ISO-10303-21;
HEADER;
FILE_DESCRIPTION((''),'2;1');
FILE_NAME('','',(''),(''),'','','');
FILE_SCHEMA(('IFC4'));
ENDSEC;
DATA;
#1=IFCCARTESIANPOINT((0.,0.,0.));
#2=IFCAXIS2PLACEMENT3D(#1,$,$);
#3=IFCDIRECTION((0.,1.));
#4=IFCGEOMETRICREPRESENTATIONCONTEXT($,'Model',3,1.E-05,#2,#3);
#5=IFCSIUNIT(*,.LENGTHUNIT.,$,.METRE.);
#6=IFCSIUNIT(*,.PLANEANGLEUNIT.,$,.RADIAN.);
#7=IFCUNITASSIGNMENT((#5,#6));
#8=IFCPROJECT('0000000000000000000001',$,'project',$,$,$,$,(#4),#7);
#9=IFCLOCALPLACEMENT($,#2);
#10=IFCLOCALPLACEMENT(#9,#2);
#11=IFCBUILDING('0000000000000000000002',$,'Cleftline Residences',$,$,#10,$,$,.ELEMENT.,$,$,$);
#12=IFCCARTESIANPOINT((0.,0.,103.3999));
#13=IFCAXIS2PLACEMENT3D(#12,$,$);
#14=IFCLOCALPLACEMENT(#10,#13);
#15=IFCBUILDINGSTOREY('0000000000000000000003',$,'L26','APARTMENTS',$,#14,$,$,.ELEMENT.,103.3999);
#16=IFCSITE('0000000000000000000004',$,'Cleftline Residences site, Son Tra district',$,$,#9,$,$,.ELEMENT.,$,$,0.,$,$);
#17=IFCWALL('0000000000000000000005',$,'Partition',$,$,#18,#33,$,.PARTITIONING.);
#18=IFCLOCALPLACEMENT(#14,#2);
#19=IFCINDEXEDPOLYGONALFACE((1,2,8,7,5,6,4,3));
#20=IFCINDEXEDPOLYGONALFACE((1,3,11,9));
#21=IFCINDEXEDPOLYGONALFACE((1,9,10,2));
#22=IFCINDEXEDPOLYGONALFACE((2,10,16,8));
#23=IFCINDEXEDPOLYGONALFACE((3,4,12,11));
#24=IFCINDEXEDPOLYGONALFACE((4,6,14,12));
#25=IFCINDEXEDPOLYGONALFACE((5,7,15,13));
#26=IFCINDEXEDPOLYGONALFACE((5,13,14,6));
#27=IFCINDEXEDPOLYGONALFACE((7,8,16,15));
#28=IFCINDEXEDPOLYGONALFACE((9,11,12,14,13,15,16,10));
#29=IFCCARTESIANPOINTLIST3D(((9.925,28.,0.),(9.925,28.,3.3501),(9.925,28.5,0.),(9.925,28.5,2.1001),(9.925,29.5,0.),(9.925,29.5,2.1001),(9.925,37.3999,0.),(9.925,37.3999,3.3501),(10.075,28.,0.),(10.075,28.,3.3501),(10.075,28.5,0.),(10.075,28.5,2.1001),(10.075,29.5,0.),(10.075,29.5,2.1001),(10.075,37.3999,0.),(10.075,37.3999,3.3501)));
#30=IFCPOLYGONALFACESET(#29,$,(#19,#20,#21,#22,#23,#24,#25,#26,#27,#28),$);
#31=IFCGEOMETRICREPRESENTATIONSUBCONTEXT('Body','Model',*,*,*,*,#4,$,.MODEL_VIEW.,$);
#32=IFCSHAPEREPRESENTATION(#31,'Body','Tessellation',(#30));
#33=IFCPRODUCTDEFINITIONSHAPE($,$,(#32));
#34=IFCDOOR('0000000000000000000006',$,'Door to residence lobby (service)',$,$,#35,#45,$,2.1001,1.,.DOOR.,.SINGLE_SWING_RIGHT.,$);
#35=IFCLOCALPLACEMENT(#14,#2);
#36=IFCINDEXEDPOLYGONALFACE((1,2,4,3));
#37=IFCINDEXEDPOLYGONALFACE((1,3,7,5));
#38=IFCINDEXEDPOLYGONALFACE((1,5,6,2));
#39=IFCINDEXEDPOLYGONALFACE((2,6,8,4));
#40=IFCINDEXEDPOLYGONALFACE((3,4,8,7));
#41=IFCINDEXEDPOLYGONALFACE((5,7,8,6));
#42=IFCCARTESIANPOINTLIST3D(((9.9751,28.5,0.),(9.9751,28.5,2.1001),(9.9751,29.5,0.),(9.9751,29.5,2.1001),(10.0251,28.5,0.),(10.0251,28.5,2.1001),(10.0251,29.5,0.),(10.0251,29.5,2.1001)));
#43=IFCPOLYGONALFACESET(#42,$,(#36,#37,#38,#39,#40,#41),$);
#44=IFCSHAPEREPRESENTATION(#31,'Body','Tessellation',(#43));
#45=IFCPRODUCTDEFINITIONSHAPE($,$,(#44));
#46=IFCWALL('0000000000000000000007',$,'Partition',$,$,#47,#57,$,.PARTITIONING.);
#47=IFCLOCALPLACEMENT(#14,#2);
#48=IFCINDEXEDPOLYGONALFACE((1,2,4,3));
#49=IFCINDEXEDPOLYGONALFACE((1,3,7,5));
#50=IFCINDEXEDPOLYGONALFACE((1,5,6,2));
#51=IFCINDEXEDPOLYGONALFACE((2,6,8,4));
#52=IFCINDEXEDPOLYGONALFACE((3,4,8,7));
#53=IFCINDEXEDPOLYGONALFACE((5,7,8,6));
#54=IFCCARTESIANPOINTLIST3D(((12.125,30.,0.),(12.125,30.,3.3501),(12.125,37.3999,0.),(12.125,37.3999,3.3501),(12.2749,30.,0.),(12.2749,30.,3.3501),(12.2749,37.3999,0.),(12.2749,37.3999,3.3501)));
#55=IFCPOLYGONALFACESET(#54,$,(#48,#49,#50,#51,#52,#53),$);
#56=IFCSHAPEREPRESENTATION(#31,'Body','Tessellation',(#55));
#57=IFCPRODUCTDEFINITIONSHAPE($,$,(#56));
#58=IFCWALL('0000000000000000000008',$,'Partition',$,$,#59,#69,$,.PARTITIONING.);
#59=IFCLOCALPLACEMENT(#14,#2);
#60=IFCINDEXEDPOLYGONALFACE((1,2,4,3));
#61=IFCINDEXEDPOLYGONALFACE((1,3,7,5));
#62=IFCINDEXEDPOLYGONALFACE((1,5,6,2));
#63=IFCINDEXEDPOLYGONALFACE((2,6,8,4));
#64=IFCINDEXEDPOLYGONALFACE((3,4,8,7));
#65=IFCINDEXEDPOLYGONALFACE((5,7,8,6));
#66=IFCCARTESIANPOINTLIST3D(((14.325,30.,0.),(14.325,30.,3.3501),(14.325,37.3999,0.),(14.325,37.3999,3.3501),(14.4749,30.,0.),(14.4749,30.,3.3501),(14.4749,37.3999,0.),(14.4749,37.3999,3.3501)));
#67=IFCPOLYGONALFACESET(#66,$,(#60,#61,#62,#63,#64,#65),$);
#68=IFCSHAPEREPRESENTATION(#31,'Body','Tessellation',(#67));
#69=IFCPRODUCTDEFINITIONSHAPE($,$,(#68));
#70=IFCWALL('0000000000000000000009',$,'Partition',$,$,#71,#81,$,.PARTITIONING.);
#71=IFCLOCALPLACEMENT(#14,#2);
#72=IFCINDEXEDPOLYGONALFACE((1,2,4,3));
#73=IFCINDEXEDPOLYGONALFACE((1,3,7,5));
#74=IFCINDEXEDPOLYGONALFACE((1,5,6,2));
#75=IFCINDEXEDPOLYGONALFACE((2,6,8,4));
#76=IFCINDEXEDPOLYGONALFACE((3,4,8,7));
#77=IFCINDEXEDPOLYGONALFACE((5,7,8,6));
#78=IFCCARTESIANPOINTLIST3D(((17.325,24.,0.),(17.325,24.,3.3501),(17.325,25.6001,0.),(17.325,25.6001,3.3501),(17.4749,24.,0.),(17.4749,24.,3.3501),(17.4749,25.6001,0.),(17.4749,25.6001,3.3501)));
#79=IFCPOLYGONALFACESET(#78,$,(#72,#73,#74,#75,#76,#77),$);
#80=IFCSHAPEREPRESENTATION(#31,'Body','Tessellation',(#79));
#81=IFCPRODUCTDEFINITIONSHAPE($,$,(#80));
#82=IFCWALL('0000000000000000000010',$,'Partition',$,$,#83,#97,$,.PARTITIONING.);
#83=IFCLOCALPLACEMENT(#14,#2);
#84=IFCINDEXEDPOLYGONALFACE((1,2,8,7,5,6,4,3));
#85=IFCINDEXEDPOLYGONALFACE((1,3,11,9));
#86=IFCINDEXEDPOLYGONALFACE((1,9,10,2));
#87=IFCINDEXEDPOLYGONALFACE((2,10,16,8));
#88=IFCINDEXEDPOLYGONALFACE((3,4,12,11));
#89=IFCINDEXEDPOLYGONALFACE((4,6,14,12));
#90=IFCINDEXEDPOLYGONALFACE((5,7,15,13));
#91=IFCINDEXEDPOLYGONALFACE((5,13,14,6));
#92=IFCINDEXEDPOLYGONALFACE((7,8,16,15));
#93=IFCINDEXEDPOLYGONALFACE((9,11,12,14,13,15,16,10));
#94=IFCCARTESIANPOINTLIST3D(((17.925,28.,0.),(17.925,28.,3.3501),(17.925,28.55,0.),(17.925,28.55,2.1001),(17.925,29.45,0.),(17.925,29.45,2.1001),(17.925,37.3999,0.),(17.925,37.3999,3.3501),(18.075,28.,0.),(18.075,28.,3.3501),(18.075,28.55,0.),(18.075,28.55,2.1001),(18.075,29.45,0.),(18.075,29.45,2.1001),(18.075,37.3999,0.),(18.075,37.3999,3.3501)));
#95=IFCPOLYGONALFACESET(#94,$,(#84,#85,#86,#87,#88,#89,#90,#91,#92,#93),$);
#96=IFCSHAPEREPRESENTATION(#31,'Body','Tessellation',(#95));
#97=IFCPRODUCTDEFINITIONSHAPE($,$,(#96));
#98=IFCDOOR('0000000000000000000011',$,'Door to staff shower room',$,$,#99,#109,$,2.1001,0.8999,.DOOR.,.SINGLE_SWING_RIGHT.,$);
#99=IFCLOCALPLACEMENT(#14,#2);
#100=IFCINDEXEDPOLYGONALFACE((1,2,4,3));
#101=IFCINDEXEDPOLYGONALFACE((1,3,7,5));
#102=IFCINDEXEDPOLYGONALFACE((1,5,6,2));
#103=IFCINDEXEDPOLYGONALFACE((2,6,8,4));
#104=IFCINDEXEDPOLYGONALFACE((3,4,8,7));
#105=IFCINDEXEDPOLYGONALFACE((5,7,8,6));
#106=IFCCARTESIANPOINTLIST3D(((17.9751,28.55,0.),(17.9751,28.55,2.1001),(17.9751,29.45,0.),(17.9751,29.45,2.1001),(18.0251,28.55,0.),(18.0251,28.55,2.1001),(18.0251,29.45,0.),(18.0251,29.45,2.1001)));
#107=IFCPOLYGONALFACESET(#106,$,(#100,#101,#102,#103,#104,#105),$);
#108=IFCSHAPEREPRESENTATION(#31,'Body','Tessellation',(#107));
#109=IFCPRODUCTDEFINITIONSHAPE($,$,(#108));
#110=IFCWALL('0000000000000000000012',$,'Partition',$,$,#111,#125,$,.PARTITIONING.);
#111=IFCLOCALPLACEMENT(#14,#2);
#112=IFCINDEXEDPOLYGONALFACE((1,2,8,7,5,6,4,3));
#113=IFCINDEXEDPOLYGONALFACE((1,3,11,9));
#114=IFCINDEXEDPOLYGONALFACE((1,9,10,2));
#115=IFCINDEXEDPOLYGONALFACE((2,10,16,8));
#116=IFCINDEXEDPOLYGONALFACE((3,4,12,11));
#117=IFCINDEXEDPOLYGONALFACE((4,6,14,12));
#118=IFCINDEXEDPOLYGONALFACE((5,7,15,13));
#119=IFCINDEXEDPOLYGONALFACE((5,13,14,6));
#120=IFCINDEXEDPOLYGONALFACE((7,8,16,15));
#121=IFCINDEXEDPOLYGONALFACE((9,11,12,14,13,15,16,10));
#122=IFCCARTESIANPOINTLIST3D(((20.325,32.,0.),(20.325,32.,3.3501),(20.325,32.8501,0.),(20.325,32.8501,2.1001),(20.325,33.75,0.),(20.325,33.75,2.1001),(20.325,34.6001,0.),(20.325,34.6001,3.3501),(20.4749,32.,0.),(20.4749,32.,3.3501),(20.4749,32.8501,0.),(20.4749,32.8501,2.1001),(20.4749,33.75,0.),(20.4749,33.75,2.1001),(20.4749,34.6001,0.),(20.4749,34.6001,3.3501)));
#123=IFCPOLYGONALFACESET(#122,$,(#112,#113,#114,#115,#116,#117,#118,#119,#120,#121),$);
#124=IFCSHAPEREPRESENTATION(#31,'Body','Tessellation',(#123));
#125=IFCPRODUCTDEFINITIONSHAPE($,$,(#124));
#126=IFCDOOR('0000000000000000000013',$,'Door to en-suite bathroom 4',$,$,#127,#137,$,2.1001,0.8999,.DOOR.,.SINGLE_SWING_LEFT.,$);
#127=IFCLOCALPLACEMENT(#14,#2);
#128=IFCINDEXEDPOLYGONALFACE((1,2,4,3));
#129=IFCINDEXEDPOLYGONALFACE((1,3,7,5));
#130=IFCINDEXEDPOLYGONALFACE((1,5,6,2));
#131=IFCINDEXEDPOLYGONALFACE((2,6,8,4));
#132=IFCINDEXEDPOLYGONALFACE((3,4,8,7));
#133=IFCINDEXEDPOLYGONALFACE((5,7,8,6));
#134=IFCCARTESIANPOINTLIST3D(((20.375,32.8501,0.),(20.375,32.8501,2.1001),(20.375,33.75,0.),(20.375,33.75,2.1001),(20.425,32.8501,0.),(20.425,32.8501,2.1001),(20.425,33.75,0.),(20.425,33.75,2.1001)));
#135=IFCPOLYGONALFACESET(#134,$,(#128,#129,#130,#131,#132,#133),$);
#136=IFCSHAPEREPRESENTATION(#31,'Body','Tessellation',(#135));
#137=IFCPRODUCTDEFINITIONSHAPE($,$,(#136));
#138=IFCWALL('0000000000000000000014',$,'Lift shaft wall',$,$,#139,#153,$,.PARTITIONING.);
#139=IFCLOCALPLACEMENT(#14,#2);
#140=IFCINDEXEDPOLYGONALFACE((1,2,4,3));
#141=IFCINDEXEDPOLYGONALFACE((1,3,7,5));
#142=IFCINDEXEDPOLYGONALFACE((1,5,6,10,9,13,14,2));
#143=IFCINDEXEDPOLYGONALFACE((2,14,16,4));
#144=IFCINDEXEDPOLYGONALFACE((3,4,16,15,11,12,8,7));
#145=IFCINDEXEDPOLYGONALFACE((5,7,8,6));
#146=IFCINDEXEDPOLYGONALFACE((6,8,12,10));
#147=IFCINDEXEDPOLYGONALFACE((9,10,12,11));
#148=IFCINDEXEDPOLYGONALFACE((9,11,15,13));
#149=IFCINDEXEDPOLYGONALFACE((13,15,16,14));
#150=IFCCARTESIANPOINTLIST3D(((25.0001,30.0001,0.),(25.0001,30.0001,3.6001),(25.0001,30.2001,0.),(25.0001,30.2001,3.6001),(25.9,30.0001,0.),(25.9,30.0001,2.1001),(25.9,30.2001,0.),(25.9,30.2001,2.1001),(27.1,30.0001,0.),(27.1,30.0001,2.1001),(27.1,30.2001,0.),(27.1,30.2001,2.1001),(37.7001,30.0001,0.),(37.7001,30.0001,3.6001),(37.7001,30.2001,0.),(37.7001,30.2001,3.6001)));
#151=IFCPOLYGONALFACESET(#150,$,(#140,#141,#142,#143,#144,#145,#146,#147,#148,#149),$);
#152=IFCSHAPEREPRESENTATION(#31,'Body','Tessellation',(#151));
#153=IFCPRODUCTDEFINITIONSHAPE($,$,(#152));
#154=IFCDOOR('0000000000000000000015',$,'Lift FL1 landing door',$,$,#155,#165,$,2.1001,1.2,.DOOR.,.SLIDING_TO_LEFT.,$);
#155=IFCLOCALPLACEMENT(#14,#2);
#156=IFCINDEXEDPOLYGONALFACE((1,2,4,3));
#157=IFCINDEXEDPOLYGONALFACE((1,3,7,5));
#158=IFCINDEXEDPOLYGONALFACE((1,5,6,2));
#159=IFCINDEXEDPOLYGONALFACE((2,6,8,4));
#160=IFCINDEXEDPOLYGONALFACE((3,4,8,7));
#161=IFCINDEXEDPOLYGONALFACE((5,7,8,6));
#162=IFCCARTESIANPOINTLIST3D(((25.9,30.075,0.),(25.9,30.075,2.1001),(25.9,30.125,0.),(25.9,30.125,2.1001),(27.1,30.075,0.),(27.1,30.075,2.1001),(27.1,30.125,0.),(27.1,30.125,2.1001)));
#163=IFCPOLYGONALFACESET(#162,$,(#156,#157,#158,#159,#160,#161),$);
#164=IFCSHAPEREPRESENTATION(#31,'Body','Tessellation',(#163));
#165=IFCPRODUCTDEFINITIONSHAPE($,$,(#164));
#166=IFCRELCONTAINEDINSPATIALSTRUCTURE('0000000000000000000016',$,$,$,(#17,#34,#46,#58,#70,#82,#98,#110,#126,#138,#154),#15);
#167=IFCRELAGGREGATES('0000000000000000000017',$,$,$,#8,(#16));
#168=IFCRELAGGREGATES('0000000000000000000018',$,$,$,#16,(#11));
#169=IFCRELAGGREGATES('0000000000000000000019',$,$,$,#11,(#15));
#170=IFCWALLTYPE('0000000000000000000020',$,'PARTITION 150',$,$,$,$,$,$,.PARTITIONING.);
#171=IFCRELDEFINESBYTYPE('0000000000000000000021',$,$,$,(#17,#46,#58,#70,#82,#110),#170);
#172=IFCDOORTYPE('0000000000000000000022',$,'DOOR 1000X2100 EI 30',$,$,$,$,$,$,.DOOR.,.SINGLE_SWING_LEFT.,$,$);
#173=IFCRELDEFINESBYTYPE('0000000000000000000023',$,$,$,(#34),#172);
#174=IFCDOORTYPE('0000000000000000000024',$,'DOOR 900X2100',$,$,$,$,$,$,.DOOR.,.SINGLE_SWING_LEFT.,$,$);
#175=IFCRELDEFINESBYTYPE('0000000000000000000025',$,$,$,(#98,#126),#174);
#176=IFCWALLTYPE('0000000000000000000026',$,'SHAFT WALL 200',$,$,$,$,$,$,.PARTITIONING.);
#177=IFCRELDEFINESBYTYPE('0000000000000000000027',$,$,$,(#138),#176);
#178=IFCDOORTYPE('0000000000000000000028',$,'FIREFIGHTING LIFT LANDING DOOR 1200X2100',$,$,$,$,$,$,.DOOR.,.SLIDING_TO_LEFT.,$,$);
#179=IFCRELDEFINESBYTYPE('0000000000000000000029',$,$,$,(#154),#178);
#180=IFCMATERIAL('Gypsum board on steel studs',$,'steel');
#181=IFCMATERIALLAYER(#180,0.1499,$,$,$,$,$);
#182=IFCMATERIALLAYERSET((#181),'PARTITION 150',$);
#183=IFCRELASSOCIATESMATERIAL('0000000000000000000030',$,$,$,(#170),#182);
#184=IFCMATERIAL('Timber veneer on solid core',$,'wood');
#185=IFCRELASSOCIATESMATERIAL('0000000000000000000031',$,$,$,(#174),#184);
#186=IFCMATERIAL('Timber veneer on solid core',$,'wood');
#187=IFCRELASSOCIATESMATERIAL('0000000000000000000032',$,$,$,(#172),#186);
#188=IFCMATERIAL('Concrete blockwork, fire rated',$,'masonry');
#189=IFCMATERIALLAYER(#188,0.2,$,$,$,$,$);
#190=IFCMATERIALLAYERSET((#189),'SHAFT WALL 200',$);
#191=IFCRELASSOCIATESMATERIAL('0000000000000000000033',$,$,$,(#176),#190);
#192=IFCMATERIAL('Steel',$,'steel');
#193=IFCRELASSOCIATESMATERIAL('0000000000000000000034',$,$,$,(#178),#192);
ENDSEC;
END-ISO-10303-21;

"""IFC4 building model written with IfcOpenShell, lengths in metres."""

from ifc_helpers import new_model, si_unit, direction, frame, frame_2d, origin, place, context, subcontext, project, spatial, rectangle, extrude, material, layer, layer_set, type_object, element, fill, save


model = new_model("IFC4")

# Units and contexts
model_context = context("Model", 3, precision=1e-05, world=origin(), true_north=direction((0.0, 1.0)))
body_context = subcontext(model_context, "Body", "Model", "MODEL_VIEW")
ifc_project = project(units=[si_unit("LENGTHUNIT", "METRE"), si_unit("PLANEANGLEUNIT", "RADIAN")], contexts=[model_context])

# Site, building, storey
site_placement = place(None, origin())
site = spatial("IfcSite", under=ifc_project, at=site_placement, Name="Cleftline Residences site, Son Tra district", CompositionType="ELEMENT", RefElevation=0.0)
building_placement = place(site_placement, origin())
building = spatial("IfcBuilding", under=site, at=building_placement, Name="Cleftline Residences", CompositionType="ELEMENT")
storey_placement = place(building_placement, frame((0.0, 0.0, 103.3999)))
storey = spatial("IfcBuildingStorey", under=building, at=storey_placement, Name="L26", Description="APARTMENTS", CompositionType="ELEMENT", Elevation=103.3999)

# Shared definitions
ifc_material_1 = material(Name="Gypsum board on steel studs", Category="steel")
ifc_layer_1 = layer(ifc_material_1, 0.1499)
ifc_layer_set_1 = layer_set([ifc_layer_1], Name="PARTITION 150")
wall_type_1 = type_object("IfcWallType", Name="PARTITION 150", PredefinedType="PARTITIONING", material=ifc_layer_set_1)
ifc_material_2 = material(Name="Timber veneer on solid core", Category="wood")
door_type_1 = type_object("IfcDoorType", Name="DOOR 900X2100", OperationType="SINGLE_SWING_LEFT", PredefinedType="DOOR", material=ifc_material_2)

# Wall, opening, door
wall_1_placement = place(storey_placement, frame((10.0, 28.0, 0.0), z_axis=(0.0, 0.0, 1.0), x_axis=(0.0, 1.0, 0.0)))
wall_1 = element("IfcWall", 1, at=wall_1_placement, inside=storey, type_object=wall_type_1, Name="Partition", PredefinedType="PARTITIONING", context=body_context, shape_type="SweptSolid", body=[
    extrude(rectangle(XDim=9.3999, YDim=0.1499, at=frame_2d((4.7, 0.0))), origin(), (0.0, 0.0, 1.0), 3.3501),
])
opening_1_placement = place(wall_1_placement, frame((0.5, 0.0, 0.0)))
opening_1 = element("IfcOpeningElement", 2, at=opening_1_placement, cuts=wall_1, PredefinedType="OPENING", context=body_context, shape_type="SweptSolid", body=[
    extrude(rectangle(XDim=1.0, YDim=2.1001, at=frame_2d((0.5, 1.05))), frame((0.0, 0.085, 0.0), z_axis=(0.0, -1.0, 0.0), x_axis=(1.0, 0.0, 0.0)), (0.0, 0.0, 1.0), 0.1699),
])
ifc_material_3 = material(Name="Timber veneer on solid core", Category="wood")
door_type_2 = type_object("IfcDoorType", Name="DOOR 1000X2100 EI 30", OperationType="SINGLE_SWING_LEFT", PredefinedType="DOOR", material=ifc_material_3)
door_1_placement = place(opening_1_placement, origin())
door_1 = element("IfcDoor", 3, at=door_1_placement, inside=storey, type_object=door_type_2, Name="Door to residence lobby (service)", OperationType="SINGLE_SWING_RIGHT", OverallHeight=2.1001, OverallWidth=1.0, PredefinedType="DOOR", context=body_context, shape_type="SweptSolid", body=[
    extrude(rectangle(XDim=1.0, YDim=2.1001, at=frame_2d((0.5, 1.05))), frame((0.0, 0.0249, 0.0), z_axis=(0.0, -1.0, 0.0), x_axis=(1.0, 0.0, 0.0)), (0.0, 0.0, 1.0), 0.05),
])
fill(opening_1, door_1)

# Walls
for number, where, z_axis, x_axis, name in (
    (4, (12.2, 30.0, 0.0), (0.0, 0.0, 1.0), (0.0, 1.0, 0.0), "Partition"),
    (5, (14.3999, 30.0, 0.0), (0.0, 0.0, 1.0), (0.0, 1.0, 0.0), "Partition"),
):
    element("IfcWall", number, at=place(storey_placement, frame(where, z_axis=z_axis, x_axis=x_axis)), inside=storey, type_object=wall_type_1, Name=name, PredefinedType="PARTITIONING", context=body_context, shape_type="SweptSolid", body=[
        extrude(rectangle(XDim=7.3999, YDim=0.1499, at=frame_2d((3.7, 0.0))), origin(), (0.0, 0.0, 1.0), 3.3501),
    ])
wall_2_placement = place(storey_placement, frame((17.3999, 24.0, 0.0), z_axis=(0.0, 0.0, 1.0), x_axis=(0.0, 1.0, 0.0)))
element("IfcWall", 6, at=wall_2_placement, inside=storey, type_object=wall_type_1, Name="Partition", PredefinedType="PARTITIONING", context=body_context, shape_type="SweptSolid", body=[
    extrude(rectangle(XDim=1.6001, YDim=0.1499, at=frame_2d((0.8, 0.0))), origin(), (0.0, 0.0, 1.0), 3.3501),
])

# Walls, openings, doors
wall_3_placement = place(storey_placement, frame((18.0, 28.0, 0.0), z_axis=(0.0, 0.0, 1.0), x_axis=(0.0, 1.0, 0.0)))
wall_3 = element("IfcWall", 7, at=wall_3_placement, inside=storey, type_object=wall_type_1, Name="Partition", PredefinedType="PARTITIONING", context=body_context, shape_type="SweptSolid", body=[
    extrude(rectangle(XDim=9.3999, YDim=0.1499, at=frame_2d((4.7, 0.0))), origin(), (0.0, 0.0, 1.0), 3.3501),
])
opening_2_placement = place(wall_3_placement, frame((0.55, 0.0, 0.0)))
opening_2 = element("IfcOpeningElement", 8, at=opening_2_placement, cuts=wall_3, PredefinedType="OPENING", context=body_context, shape_type="SweptSolid", body=[
    extrude(rectangle(XDim=0.8999, YDim=2.1001, at=frame_2d((0.45, 1.05))), frame((0.0, 0.085, 0.0), z_axis=(0.0, -1.0, 0.0), x_axis=(1.0, 0.0, 0.0)), (0.0, 0.0, 1.0), 0.1699),
])
door_2_placement = place(opening_2_placement, origin())
door_2 = element("IfcDoor", 9, at=door_2_placement, inside=storey, type_object=door_type_1, Name="Door to staff shower room", OperationType="SINGLE_SWING_RIGHT", OverallHeight=2.1001, OverallWidth=0.8999, PredefinedType="DOOR", context=body_context, shape_type="SweptSolid", body=[
    extrude(rectangle(XDim=0.8999, YDim=2.1001, at=frame_2d((0.45, 1.05))), frame((0.0, 0.0249, 0.0), z_axis=(0.0, -1.0, 0.0), x_axis=(1.0, 0.0, 0.0)), (0.0, 0.0, 1.0), 0.05),
])
fill(opening_2, door_2)
wall_4_placement = place(storey_placement, frame((20.3999, 32.0, 0.0), z_axis=(0.0, 0.0, 1.0), x_axis=(0.0, 1.0, 0.0)))
wall_4 = element("IfcWall", 10, at=wall_4_placement, inside=storey, type_object=wall_type_1, Name="Partition", PredefinedType="PARTITIONING", context=body_context, shape_type="SweptSolid", body=[
    extrude(rectangle(XDim=2.6001, YDim=0.1499, at=frame_2d((1.3, 0.0))), origin(), (0.0, 0.0, 1.0), 3.3501),
])
opening_3_placement = place(wall_4_placement, frame((0.8501, 0.0, 0.0)))
opening_3 = element("IfcOpeningElement", 11, at=opening_3_placement, cuts=wall_4, PredefinedType="OPENING", context=body_context, shape_type="SweptSolid", body=[
    extrude(rectangle(XDim=0.8999, YDim=2.1001, at=frame_2d((0.45, 1.05))), frame((0.0, 0.085, 0.0), z_axis=(0.0, -1.0, 0.0), x_axis=(1.0, 0.0, 0.0)), (0.0, 0.0, 1.0), 0.1699),
])
door_3_placement = place(opening_3_placement, origin())
door_3 = element("IfcDoor", 12, at=door_3_placement, inside=storey, type_object=door_type_1, Name="Door to en-suite bathroom 4", OperationType="SINGLE_SWING_LEFT", OverallHeight=2.1001, OverallWidth=0.8999, PredefinedType="DOOR", context=body_context, shape_type="SweptSolid", body=[
    extrude(rectangle(XDim=0.8999, YDim=2.1001, at=frame_2d((0.45, 1.05))), frame((0.0, 0.0249, 0.0), z_axis=(0.0, -1.0, 0.0), x_axis=(1.0, 0.0, 0.0)), (0.0, 0.0, 1.0), 0.05),
])
fill(opening_3, door_3)
ifc_material_4 = material(Name="Concrete blockwork, fire rated", Category="masonry")
ifc_layer_2 = layer(ifc_material_4, 0.2)
ifc_layer_set_2 = layer_set([ifc_layer_2], Name="SHAFT WALL 200")
wall_type_2 = type_object("IfcWallType", Name="SHAFT WALL 200", PredefinedType="PARTITIONING", material=ifc_layer_set_2)
wall_5_placement = place(storey_placement, frame((25.0, 30.1001, 0.0), z_axis=(0.0, 0.0, 1.0), x_axis=(1.0, 0.0, 0.0)))
wall_5 = element("IfcWall", 13, at=wall_5_placement, inside=storey, type_object=wall_type_2, Name="Lift shaft wall", PredefinedType="PARTITIONING", context=body_context, shape_type="SweptSolid", body=[
    extrude(rectangle(XDim=12.7, YDim=0.2, at=frame_2d((6.3501, 0.0))), origin(), (0.0, 0.0, 1.0), 3.6001),
])
opening_4_placement = place(wall_5_placement, frame((0.8999, 0.0, 0.0)))
opening_4 = element("IfcOpeningElement", 14, at=opening_4_placement, cuts=wall_5, PredefinedType="OPENING", context=body_context, shape_type="SweptSolid", body=[
    extrude(rectangle(XDim=1.2, YDim=2.1001, at=frame_2d((0.6001, 1.05))), frame((0.0, 0.1099, 0.0), z_axis=(0.0, -1.0, 0.0), x_axis=(1.0, 0.0, 0.0)), (0.0, 0.0, 1.0), 0.22),
])
ifc_material_5 = material(Name="Steel", Category="steel")
door_type_3 = type_object("IfcDoorType", Name="FIREFIGHTING LIFT LANDING DOOR 1200X2100", OperationType="SLIDING_TO_LEFT", PredefinedType="DOOR", material=ifc_material_5)
door_4_placement = place(opening_4_placement, origin())
door_4 = element("IfcDoor", 15, at=door_4_placement, inside=storey, type_object=door_type_3, Name="Lift FL1 landing door", OperationType="SLIDING_TO_LEFT", OverallHeight=2.1001, OverallWidth=1.2, PredefinedType="DOOR", context=body_context, shape_type="SweptSolid", body=[
    extrude(rectangle(XDim=1.2, YDim=2.1001, at=frame_2d((0.6001, 1.05))), frame((0.0, 0.0249, 0.0), z_axis=(0.0, -1.0, 0.0), x_axis=(1.0, 0.0, 0.0)), (0.0, 0.0, 1.0), 0.05),
])
fill(opening_4, door_4)

save(model, "model.ifc")
